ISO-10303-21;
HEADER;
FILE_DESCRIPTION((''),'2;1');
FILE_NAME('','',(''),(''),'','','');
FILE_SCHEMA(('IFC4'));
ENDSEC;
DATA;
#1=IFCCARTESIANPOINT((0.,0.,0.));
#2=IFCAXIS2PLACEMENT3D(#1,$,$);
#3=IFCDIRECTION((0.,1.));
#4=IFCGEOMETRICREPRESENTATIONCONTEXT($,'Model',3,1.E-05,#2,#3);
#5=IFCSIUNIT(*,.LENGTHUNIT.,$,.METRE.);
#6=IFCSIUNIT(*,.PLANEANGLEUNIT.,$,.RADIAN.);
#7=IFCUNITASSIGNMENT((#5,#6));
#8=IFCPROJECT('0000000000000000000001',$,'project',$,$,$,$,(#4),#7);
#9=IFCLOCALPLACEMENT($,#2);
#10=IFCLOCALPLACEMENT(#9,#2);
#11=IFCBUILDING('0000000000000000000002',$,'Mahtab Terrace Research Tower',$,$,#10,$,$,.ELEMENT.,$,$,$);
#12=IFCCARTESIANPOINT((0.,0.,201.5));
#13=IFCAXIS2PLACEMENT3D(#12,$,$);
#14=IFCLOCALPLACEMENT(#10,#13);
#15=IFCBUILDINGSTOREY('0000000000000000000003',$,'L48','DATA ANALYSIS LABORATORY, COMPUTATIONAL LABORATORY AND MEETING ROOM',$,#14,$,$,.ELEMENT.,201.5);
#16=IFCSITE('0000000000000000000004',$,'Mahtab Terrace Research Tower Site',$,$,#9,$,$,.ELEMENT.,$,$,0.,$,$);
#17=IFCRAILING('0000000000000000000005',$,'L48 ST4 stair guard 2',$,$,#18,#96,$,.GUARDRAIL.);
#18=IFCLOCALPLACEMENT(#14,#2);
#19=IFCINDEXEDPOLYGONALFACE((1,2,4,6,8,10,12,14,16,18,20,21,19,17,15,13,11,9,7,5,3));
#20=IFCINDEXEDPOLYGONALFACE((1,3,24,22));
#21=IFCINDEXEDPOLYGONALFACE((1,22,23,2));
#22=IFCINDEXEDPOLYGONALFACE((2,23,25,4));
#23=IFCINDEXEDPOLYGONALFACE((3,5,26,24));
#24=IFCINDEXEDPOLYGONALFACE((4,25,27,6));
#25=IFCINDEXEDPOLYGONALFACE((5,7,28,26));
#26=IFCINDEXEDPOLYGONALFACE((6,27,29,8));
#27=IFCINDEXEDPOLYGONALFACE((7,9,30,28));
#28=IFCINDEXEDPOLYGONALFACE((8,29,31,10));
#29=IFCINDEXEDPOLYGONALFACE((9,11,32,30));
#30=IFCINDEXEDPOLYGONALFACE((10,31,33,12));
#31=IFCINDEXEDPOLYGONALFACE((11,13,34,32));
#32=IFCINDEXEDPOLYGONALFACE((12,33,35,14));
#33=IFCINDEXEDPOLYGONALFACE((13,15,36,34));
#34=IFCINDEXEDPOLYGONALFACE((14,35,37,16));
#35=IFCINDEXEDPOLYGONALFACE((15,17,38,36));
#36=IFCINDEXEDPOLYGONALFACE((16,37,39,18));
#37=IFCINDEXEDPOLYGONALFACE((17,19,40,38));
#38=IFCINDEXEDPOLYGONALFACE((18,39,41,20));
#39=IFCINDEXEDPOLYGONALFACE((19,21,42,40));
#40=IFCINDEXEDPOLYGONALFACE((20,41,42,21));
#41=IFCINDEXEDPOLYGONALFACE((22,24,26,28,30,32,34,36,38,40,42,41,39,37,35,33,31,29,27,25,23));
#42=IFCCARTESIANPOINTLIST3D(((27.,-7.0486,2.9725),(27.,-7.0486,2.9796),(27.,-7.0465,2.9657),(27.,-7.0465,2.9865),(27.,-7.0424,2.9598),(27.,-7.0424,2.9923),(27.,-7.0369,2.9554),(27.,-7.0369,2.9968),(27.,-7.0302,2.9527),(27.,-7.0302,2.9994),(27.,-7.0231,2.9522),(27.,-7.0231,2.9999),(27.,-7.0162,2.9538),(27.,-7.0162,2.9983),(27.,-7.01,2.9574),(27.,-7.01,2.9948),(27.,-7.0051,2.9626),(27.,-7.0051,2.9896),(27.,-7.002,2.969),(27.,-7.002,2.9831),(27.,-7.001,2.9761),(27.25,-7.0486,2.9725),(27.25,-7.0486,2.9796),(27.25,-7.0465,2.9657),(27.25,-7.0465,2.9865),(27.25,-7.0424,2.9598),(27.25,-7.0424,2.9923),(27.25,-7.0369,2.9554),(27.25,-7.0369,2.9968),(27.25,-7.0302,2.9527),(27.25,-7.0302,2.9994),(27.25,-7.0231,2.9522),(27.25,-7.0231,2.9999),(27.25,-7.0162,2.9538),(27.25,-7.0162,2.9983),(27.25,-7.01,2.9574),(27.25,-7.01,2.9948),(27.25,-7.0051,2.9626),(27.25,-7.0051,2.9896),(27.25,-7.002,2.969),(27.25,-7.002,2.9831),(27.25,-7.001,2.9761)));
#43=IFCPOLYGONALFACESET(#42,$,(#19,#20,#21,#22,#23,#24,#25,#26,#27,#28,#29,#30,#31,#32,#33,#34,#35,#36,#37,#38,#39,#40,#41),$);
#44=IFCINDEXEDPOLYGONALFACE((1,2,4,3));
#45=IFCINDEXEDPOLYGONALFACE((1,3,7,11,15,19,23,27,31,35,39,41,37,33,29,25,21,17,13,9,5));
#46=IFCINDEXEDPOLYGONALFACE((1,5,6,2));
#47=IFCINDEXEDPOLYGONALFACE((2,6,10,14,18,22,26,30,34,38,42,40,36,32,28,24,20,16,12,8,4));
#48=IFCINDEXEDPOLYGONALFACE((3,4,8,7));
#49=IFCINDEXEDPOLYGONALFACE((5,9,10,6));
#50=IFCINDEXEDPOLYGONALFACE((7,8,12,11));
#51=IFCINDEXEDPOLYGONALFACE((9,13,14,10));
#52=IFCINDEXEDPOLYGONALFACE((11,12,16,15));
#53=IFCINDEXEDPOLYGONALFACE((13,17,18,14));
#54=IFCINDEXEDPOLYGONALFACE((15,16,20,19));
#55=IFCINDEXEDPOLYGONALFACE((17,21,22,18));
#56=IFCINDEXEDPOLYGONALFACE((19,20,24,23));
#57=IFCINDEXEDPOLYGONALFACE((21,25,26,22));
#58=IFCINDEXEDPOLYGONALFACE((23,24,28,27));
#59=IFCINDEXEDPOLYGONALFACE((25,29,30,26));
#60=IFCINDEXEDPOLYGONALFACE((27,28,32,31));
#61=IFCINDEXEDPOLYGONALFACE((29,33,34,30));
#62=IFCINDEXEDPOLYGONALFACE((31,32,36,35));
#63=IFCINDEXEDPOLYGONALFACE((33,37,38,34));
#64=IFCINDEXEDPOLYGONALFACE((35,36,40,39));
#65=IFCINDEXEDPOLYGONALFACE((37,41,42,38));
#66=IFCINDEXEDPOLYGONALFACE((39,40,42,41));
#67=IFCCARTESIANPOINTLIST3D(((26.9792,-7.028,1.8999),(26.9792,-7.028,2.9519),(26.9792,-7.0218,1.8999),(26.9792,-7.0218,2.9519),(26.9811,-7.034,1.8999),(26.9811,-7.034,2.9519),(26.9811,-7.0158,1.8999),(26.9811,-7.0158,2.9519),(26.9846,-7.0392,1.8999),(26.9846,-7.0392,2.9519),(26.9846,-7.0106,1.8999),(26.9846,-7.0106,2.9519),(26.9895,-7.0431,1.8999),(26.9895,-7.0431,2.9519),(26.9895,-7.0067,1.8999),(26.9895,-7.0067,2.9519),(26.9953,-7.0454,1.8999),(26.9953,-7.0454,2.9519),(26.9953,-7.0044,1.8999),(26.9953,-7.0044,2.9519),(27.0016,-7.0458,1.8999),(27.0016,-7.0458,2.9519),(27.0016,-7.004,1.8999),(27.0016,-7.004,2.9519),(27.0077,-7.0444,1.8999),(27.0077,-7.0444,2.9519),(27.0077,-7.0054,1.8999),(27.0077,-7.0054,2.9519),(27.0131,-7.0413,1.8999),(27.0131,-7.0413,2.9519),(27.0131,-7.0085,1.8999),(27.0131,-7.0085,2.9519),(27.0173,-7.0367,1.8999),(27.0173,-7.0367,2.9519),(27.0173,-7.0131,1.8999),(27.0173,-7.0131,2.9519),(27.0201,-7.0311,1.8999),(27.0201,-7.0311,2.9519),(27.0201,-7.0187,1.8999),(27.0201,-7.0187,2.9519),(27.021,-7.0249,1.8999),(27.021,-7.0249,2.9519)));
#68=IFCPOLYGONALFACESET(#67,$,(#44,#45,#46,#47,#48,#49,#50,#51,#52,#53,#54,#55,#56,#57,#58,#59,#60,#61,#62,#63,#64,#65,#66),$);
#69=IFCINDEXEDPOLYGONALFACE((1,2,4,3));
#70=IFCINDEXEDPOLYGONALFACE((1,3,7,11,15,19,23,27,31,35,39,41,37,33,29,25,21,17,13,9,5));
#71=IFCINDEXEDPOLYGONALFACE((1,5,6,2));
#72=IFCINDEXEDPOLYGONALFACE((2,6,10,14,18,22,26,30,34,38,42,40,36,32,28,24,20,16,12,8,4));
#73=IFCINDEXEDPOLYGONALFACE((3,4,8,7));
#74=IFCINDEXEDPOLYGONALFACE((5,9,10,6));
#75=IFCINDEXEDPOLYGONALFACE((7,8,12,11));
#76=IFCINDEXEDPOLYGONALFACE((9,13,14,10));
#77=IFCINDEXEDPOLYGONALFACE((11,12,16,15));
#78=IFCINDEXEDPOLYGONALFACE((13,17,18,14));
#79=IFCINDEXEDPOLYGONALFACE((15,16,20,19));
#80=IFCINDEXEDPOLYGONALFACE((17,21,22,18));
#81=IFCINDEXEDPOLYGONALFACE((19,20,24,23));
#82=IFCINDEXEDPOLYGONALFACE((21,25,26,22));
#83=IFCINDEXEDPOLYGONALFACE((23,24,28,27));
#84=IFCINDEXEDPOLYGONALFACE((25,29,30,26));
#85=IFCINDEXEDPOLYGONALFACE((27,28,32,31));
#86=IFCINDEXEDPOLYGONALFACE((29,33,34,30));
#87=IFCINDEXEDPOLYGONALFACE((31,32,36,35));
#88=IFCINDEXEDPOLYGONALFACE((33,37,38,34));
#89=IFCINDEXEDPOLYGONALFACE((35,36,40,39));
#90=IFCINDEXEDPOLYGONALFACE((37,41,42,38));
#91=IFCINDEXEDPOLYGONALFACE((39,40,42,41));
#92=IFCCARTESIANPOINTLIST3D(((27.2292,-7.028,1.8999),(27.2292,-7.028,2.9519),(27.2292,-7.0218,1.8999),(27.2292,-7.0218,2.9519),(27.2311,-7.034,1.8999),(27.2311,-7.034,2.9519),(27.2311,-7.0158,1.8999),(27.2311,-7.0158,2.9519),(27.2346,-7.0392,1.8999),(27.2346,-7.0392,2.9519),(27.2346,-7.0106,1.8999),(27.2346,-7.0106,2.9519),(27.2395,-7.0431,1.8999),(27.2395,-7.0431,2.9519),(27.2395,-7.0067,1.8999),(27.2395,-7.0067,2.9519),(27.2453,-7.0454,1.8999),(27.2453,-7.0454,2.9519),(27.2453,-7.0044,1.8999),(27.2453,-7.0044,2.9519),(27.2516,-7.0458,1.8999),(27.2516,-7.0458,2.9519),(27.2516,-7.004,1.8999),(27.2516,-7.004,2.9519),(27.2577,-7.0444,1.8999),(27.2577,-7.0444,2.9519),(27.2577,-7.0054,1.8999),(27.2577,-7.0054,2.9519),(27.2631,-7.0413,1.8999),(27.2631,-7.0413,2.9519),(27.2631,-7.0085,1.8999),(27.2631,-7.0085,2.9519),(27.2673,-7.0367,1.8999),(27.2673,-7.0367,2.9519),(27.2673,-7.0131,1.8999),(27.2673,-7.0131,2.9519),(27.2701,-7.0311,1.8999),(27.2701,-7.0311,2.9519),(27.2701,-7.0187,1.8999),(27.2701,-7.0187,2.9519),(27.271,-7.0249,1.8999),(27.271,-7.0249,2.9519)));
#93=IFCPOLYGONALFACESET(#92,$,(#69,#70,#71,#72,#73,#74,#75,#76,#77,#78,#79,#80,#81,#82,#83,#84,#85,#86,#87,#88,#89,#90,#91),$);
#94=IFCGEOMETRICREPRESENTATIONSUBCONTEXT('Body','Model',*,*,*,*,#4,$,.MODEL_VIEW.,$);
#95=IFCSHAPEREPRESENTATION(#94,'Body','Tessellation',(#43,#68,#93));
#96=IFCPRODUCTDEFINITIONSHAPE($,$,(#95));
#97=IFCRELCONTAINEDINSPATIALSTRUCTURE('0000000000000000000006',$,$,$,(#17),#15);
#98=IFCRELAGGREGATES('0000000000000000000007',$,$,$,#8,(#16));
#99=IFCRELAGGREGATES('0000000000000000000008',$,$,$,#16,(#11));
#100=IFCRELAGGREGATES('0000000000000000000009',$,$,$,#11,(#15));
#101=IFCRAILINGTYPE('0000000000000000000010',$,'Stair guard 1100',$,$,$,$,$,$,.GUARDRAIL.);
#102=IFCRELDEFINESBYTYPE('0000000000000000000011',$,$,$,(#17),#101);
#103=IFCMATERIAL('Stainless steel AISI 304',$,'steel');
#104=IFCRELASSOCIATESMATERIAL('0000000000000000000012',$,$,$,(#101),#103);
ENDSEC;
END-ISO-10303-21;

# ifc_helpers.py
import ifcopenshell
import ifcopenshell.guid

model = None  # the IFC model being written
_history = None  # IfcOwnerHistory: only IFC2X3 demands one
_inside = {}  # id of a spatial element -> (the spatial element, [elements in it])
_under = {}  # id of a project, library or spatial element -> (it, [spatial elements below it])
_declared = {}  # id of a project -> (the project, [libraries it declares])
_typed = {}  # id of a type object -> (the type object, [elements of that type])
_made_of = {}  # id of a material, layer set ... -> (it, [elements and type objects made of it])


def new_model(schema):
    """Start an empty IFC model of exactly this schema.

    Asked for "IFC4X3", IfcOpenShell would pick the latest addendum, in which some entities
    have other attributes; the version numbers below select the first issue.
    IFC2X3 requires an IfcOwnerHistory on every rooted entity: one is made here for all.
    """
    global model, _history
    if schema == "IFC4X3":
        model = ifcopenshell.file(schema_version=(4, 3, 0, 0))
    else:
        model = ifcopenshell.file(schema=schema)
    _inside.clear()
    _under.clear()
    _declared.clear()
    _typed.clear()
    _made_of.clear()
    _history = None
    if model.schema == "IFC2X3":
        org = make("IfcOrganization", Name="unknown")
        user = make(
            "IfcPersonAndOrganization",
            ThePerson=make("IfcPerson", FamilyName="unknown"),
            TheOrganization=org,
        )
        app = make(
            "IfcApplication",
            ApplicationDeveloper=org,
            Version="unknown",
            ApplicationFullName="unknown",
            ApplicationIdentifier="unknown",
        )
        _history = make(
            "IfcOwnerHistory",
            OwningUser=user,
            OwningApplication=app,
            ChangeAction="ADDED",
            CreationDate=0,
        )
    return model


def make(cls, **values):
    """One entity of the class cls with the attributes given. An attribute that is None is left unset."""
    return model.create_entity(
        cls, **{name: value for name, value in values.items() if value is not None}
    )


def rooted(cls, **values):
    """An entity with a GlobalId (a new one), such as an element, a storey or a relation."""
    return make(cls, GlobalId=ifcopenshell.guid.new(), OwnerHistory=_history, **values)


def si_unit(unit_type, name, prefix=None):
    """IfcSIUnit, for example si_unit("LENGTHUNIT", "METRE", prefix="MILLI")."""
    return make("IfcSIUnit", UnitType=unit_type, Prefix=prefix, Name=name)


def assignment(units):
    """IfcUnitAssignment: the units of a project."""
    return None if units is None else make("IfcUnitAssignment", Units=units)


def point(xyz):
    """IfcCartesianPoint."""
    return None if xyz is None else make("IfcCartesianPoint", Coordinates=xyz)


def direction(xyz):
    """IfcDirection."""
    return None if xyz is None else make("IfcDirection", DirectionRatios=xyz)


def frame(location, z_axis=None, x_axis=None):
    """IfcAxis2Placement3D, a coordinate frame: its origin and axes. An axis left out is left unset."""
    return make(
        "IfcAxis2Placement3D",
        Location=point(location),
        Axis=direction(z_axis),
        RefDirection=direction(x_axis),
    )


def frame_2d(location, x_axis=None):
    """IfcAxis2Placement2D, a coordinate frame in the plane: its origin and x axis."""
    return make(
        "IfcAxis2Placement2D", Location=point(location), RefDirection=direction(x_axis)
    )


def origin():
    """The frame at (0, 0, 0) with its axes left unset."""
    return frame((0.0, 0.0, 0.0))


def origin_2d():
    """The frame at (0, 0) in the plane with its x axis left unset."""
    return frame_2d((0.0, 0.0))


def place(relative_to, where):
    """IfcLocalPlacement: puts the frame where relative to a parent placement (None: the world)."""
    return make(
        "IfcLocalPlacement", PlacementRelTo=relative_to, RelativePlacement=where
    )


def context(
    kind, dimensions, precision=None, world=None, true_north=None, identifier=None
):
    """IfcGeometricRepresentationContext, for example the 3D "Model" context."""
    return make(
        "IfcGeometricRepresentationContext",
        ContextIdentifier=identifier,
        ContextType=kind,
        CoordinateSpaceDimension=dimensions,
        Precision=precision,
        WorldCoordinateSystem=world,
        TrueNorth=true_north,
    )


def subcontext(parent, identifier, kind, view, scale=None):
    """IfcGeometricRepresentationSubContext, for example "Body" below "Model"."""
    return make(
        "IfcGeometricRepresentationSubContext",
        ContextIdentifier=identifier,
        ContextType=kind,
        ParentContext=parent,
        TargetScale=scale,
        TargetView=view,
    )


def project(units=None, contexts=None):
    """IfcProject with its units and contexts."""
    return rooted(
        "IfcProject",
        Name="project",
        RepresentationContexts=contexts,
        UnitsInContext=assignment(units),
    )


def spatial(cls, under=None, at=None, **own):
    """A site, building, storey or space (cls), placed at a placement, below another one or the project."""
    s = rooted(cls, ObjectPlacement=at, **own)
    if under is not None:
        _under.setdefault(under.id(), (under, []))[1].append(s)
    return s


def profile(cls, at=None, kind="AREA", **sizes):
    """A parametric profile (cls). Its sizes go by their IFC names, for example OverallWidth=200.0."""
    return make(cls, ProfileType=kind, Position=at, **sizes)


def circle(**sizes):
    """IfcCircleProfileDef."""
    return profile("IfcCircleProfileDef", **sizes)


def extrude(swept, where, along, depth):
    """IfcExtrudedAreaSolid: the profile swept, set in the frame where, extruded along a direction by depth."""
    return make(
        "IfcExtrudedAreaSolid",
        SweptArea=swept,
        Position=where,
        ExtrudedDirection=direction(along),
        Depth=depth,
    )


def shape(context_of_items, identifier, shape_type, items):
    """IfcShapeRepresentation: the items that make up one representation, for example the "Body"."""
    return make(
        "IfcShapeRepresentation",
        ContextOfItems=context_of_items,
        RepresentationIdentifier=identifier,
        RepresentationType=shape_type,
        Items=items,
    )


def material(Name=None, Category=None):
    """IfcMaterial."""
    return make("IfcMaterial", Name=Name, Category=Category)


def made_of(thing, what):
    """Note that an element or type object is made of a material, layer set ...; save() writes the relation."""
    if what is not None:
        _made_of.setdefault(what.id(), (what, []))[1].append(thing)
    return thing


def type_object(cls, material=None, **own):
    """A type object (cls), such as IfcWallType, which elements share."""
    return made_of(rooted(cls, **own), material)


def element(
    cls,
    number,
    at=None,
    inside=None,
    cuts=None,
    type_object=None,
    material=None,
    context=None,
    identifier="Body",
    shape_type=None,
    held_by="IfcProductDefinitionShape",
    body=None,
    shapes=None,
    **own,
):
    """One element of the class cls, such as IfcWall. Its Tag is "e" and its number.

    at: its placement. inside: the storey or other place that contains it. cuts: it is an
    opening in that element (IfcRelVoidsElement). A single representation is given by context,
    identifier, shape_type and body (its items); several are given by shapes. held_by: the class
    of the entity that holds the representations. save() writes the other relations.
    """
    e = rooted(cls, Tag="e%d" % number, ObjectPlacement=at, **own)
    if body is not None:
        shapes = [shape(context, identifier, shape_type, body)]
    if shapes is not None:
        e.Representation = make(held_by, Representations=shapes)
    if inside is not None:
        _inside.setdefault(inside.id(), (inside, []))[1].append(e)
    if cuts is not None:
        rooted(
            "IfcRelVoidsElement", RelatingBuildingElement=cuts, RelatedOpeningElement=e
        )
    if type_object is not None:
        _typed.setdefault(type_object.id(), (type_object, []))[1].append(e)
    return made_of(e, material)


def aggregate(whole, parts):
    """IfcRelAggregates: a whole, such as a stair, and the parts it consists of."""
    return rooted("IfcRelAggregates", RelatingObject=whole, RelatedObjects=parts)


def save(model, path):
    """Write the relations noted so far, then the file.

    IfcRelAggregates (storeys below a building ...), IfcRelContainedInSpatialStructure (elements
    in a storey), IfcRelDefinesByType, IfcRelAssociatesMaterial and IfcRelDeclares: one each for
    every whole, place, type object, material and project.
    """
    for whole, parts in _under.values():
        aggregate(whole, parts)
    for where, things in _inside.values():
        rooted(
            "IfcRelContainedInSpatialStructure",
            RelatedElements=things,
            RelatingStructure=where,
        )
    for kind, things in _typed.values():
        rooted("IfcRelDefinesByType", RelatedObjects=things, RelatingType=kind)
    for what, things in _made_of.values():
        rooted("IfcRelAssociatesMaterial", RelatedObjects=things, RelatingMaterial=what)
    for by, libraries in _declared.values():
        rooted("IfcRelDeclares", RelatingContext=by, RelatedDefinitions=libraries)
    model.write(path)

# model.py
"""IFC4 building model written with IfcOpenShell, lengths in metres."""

from ifc_helpers import new_model, si_unit, direction, frame, origin, origin_2d, place, context, subcontext, project, spatial, circle, extrude, material, type_object, element, save


model = new_model("IFC4")

# Units and contexts
model_context = context("Model", 3, precision=1e-05, world=origin(), true_north=direction((0.0, 1.0)))
body_context = subcontext(model_context, "Body", "Model", "MODEL_VIEW")
ifc_project = project(units=[si_unit("LENGTHUNIT", "METRE"), si_unit("PLANEANGLEUNIT", "RADIAN")], contexts=[model_context])

# Site, building, storey
site_placement = place(None, origin())
site = spatial("IfcSite", under=ifc_project, at=site_placement, Name="Mahtab Terrace Research Tower Site", CompositionType="ELEMENT", RefElevation=0.0)
building_placement = place(site_placement, origin())
building = spatial("IfcBuilding", under=site, at=building_placement, Name="Mahtab Terrace Research Tower", CompositionType="ELEMENT")
storey_placement = place(building_placement, frame((0.0, 0.0, 201.5)))
storey = spatial("IfcBuildingStorey", under=building, at=storey_placement, Name="L48", Description="DATA ANALYSIS LABORATORY, COMPUTATIONAL LABORATORY AND MEETING ROOM", CompositionType="ELEMENT", Elevation=201.5)

# Railing
ifc_material_1 = material(Name="Stainless steel AISI 304", Category="steel")
railing_type_1 = type_object("IfcRailingType", Name="Stair guard 1100", PredefinedType="GUARDRAIL", material=ifc_material_1)
railing_1_placement = place(storey_placement, frame((27.0, -7.0249, 1.8999)))
element("IfcRailing", 1, at=railing_1_placement, inside=storey, type_object=railing_type_1, Name="L48 ST4 stair guard 2", PredefinedType="GUARDRAIL", context=body_context, shape_type="SweptSolid", body=[
    extrude(circle(Radius=0.0239, at=origin_2d()), frame((0.0, 0.0, 1.0762), z_axis=(1.0, 0.0, 0.0), x_axis=(0.0, 1.0, 0.0)), (0.0, 0.0, 1.0), 0.25),
    extrude(circle(Radius=0.021, at=origin_2d()), origin(), (0.0, 0.0, 1.0), 1.052),
    extrude(circle(Radius=0.021, at=origin_2d()), frame((0.25, 0.0, 0.0)), (0.0, 0.0, 1.0), 1.052),
])

save(model, "model.ifc")
